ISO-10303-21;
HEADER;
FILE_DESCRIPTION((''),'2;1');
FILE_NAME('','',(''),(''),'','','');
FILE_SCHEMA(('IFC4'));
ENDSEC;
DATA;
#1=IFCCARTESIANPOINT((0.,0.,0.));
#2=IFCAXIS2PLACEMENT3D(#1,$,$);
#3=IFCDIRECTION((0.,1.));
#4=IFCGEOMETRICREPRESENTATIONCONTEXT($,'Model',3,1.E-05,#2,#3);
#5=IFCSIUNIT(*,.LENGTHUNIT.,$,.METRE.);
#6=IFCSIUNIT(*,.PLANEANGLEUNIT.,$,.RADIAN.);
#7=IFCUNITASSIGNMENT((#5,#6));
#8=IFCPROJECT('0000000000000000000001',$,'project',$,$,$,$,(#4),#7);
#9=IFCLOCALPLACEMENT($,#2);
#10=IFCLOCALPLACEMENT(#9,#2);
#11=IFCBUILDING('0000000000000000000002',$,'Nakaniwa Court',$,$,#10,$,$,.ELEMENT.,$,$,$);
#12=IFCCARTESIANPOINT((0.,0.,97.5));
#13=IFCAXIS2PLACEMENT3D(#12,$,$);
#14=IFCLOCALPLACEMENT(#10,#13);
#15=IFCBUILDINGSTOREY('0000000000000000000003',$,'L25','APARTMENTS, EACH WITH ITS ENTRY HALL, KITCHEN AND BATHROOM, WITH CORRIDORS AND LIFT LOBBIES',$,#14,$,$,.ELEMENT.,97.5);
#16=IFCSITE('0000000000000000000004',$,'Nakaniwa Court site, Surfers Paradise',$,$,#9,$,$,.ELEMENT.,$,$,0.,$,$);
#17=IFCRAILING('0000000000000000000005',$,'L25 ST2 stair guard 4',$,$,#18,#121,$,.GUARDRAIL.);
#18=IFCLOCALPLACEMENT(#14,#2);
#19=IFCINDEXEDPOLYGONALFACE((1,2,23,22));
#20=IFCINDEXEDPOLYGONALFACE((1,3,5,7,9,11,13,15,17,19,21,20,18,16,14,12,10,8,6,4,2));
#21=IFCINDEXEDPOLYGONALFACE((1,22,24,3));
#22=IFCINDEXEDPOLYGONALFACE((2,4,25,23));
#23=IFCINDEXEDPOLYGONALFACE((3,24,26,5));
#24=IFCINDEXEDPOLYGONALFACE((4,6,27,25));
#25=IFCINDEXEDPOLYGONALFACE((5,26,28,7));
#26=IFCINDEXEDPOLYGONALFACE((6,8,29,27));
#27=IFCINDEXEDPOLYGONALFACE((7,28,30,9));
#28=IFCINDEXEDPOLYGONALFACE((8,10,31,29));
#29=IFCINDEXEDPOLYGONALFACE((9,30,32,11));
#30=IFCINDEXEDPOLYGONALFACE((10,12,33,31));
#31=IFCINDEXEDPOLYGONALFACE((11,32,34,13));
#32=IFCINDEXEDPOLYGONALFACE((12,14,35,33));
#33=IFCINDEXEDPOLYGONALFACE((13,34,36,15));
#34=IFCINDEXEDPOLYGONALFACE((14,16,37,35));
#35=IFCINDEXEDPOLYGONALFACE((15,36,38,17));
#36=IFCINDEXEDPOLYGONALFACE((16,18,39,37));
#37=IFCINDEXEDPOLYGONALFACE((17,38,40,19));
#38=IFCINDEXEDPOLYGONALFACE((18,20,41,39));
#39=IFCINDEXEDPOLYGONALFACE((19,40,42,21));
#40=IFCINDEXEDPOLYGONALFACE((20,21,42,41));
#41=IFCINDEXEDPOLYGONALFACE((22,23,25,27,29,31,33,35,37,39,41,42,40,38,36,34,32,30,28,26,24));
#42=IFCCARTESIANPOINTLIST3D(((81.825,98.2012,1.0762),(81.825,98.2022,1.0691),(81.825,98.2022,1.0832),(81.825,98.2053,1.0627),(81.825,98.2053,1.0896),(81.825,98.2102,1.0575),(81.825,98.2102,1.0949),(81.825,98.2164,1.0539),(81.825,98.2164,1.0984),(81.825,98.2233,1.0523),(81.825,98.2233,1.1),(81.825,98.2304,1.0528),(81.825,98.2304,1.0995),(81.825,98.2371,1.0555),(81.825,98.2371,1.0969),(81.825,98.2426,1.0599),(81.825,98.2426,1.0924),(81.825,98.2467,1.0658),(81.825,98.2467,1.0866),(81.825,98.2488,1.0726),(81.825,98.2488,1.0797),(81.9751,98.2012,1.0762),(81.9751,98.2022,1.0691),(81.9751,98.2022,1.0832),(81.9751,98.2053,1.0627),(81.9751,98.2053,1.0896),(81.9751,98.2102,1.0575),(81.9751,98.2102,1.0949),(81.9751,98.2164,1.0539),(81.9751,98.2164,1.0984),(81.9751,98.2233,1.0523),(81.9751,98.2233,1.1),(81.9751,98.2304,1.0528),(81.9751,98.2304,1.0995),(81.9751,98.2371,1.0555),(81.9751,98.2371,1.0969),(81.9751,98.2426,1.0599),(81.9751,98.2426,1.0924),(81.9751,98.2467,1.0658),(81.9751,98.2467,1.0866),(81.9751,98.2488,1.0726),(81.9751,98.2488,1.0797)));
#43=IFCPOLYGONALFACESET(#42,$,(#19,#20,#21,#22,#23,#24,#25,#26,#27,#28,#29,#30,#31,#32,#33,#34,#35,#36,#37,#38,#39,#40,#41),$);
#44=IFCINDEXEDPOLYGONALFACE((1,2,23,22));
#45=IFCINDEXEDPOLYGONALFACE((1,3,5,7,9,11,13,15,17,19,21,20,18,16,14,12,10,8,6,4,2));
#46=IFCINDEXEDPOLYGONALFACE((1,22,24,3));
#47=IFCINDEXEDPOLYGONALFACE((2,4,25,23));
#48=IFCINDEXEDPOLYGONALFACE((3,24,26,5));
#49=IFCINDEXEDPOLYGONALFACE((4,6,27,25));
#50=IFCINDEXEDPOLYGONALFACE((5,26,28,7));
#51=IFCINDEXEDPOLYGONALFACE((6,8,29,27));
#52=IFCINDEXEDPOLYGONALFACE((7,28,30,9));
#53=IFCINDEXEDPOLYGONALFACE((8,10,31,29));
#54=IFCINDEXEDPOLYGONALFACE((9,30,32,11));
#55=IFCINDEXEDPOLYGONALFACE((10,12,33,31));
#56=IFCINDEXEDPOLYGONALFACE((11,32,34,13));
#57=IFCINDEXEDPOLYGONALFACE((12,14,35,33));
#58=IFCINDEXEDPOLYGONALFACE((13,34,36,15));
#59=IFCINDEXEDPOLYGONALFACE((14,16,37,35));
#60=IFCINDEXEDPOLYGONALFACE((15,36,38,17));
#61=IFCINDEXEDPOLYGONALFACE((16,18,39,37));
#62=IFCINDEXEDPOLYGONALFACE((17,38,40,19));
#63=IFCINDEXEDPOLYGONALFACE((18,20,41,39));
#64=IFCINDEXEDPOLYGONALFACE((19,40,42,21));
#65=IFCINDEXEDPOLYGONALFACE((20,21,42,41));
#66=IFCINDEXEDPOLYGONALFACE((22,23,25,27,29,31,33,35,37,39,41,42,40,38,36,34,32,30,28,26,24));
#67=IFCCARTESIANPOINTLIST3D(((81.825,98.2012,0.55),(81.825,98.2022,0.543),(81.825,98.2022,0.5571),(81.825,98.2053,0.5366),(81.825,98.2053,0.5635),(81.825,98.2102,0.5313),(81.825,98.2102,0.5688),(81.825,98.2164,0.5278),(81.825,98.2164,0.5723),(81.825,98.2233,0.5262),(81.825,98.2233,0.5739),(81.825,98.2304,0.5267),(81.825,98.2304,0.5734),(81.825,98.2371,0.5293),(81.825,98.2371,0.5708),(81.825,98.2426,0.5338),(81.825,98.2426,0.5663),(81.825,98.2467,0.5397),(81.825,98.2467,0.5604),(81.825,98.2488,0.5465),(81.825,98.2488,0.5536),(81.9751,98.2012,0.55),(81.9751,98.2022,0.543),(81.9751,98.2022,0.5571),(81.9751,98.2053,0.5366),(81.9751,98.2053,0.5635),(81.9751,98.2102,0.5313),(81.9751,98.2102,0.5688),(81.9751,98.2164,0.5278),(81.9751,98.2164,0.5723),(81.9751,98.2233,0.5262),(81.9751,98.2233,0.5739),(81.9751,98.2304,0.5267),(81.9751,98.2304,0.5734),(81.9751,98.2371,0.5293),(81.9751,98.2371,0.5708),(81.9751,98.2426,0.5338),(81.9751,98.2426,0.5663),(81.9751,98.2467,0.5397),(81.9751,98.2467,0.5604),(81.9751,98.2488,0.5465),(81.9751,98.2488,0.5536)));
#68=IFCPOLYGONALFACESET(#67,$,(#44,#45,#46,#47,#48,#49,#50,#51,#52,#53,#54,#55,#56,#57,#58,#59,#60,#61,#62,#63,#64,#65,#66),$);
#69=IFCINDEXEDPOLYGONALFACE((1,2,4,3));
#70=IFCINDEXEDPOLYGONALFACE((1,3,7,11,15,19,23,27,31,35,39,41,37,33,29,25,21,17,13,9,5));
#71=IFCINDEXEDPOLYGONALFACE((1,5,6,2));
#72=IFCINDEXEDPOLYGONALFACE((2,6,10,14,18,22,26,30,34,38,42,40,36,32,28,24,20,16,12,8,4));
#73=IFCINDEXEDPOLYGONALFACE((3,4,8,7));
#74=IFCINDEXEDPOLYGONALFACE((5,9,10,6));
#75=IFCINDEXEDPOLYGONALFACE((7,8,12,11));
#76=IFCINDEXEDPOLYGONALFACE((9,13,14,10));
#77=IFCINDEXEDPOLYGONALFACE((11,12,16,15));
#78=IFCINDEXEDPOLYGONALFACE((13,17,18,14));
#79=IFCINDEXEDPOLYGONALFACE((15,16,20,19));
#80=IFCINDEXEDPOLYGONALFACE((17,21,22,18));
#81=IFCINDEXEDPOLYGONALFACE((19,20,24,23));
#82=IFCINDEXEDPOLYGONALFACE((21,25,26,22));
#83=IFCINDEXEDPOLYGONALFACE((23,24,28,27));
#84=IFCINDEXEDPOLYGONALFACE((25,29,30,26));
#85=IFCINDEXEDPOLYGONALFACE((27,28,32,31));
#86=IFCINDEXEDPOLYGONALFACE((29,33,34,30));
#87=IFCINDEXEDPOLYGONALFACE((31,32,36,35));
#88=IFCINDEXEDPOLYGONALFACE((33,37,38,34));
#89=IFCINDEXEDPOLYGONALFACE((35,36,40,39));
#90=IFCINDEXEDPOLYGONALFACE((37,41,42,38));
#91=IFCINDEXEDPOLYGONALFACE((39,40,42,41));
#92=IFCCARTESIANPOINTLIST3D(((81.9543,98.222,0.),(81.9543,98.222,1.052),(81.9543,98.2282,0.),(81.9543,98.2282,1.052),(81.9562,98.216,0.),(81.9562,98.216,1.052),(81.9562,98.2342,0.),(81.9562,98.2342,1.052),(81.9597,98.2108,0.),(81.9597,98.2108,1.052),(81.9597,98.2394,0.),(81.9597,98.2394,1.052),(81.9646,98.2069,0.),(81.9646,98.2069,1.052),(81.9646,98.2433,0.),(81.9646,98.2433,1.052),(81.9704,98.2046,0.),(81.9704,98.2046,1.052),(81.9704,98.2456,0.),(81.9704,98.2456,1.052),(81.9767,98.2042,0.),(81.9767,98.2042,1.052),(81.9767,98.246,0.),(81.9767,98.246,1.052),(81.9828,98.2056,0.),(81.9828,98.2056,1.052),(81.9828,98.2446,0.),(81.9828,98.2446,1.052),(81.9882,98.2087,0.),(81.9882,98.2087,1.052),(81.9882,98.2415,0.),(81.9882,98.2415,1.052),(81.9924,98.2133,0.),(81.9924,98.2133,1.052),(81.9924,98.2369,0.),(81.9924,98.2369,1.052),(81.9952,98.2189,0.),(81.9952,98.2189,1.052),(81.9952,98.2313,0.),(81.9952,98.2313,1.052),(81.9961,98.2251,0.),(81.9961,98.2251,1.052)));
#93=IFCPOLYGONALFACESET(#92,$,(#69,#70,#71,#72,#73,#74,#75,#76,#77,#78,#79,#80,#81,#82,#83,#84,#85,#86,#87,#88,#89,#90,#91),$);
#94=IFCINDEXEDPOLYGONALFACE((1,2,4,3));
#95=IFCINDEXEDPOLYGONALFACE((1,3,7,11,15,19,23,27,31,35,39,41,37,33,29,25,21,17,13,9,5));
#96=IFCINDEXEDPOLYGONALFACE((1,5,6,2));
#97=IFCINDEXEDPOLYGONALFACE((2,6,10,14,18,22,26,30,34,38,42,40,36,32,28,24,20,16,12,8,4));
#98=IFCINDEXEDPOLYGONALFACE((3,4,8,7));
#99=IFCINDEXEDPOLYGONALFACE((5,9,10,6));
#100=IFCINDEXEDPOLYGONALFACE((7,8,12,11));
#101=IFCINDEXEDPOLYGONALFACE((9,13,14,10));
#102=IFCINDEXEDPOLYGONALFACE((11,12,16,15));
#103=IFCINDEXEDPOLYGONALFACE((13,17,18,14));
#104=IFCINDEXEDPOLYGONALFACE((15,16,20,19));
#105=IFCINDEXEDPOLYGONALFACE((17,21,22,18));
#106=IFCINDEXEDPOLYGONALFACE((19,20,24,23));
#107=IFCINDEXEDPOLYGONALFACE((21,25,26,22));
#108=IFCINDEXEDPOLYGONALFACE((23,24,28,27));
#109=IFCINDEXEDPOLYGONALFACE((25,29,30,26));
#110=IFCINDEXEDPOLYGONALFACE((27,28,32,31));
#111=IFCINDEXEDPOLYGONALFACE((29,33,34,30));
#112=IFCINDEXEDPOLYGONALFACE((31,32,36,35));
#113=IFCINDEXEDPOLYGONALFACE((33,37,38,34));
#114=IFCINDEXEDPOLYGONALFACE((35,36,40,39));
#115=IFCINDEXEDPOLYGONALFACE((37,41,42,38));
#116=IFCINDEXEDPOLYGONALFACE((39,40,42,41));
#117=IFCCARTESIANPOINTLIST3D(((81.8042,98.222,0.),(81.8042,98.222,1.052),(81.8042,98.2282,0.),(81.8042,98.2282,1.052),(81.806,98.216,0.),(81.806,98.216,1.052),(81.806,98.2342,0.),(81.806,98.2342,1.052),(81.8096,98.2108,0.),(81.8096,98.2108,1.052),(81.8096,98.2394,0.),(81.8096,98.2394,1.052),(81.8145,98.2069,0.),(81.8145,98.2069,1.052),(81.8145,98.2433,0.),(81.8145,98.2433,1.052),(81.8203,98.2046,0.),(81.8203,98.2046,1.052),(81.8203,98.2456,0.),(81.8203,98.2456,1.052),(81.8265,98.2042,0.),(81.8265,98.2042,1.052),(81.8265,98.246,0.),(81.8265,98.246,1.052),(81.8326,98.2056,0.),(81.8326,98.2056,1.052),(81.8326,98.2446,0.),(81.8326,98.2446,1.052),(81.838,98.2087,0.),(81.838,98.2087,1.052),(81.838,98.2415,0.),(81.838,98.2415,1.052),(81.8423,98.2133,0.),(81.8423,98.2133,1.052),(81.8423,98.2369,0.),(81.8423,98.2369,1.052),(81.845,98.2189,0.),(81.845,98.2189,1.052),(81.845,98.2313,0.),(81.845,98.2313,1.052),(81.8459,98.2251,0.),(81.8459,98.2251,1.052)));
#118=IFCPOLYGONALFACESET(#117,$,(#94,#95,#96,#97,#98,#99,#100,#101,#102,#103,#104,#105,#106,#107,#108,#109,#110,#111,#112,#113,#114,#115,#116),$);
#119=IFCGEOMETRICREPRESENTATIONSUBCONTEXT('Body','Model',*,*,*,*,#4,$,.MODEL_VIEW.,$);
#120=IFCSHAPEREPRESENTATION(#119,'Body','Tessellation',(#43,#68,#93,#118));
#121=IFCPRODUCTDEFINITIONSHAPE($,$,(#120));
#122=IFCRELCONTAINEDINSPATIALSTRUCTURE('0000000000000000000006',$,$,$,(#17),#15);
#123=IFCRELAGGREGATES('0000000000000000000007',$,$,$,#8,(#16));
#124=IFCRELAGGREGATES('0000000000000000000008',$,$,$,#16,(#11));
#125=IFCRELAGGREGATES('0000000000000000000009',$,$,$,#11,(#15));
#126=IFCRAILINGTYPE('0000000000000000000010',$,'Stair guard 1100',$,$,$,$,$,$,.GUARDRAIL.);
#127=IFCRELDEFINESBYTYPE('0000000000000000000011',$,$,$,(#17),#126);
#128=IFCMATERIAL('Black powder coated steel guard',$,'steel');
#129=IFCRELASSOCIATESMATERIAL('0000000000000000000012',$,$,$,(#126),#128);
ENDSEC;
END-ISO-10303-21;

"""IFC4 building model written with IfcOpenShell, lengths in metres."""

from ifc_helpers import new_model, si_unit, direction, frame, origin, origin_2d, place, context, subcontext, project, spatial, circle, extrude, material, type_object, element, save


model = new_model("IFC4")

# Units and contexts
model_context = context("Model", 3, precision=1e-05, world=origin(), true_north=direction((0.0, 1.0)))
body_context = subcontext(model_context, "Body", "Model", "MODEL_VIEW")
ifc_project = project(units=[si_unit("LENGTHUNIT", "METRE"), si_unit("PLANEANGLEUNIT", "RADIAN")], contexts=[model_context])

# Site, building, storey
site_placement = place(None, origin())
site = spatial("IfcSite", under=ifc_project, at=site_placement, Name="Nakaniwa Court site, Surfers Paradise", CompositionType="ELEMENT", RefElevation=0.0)
building_placement = place(site_placement, origin())
building = spatial("IfcBuilding", under=site, at=building_placement, Name="Nakaniwa Court", CompositionType="ELEMENT")
storey_placement = place(building_placement, frame((0.0, 0.0, 97.5)))
storey = spatial("IfcBuildingStorey", under=building, at=storey_placement, Name="L25", Description="APARTMENTS, EACH WITH ITS ENTRY HALL, KITCHEN AND BATHROOM, WITH CORRIDORS AND LIFT LOBBIES", CompositionType="ELEMENT", Elevation=97.5)

# Railing
ifc_material_1 = material(Name="Black powder coated steel guard", Category="steel")
railing_type_1 = type_object("IfcRailingType", Name="Stair guard 1100", PredefinedType="GUARDRAIL", material=ifc_material_1)
railing_1_placement = place(storey_placement, frame((81.9751, 98.2251, 0.0)))
element("IfcRailing", 1, at=railing_1_placement, inside=storey, type_object=railing_type_1, Name="L25 ST2 stair guard 4", PredefinedType="GUARDRAIL", context=body_context, shape_type="SweptSolid", body=[
    extrude(circle(Radius=0.0239, at=origin_2d()), frame((0.0, 0.0, 1.0762), z_axis=(-1.0, 0.0, 0.0), x_axis=(0.0, -1.0, 0.0)), (0.0, 0.0, 1.0), 0.1501),
    extrude(circle(Radius=0.0239, at=origin_2d()), frame((0.0, 0.0, 0.55), z_axis=(-1.0, 0.0, 0.0), x_axis=(0.0, -1.0, 0.0)), (0.0, 0.0, 1.0), 0.1501),
    extrude(circle(Radius=0.021, at=origin_2d()), origin(), (0.0, 0.0, 1.0), 1.052),
    extrude(circle(Radius=0.021, at=origin_2d()), frame((-0.1501, 0.0, 0.0)), (0.0, 0.0, 1.0), 1.052),
])

save(model, "model.ifc")
